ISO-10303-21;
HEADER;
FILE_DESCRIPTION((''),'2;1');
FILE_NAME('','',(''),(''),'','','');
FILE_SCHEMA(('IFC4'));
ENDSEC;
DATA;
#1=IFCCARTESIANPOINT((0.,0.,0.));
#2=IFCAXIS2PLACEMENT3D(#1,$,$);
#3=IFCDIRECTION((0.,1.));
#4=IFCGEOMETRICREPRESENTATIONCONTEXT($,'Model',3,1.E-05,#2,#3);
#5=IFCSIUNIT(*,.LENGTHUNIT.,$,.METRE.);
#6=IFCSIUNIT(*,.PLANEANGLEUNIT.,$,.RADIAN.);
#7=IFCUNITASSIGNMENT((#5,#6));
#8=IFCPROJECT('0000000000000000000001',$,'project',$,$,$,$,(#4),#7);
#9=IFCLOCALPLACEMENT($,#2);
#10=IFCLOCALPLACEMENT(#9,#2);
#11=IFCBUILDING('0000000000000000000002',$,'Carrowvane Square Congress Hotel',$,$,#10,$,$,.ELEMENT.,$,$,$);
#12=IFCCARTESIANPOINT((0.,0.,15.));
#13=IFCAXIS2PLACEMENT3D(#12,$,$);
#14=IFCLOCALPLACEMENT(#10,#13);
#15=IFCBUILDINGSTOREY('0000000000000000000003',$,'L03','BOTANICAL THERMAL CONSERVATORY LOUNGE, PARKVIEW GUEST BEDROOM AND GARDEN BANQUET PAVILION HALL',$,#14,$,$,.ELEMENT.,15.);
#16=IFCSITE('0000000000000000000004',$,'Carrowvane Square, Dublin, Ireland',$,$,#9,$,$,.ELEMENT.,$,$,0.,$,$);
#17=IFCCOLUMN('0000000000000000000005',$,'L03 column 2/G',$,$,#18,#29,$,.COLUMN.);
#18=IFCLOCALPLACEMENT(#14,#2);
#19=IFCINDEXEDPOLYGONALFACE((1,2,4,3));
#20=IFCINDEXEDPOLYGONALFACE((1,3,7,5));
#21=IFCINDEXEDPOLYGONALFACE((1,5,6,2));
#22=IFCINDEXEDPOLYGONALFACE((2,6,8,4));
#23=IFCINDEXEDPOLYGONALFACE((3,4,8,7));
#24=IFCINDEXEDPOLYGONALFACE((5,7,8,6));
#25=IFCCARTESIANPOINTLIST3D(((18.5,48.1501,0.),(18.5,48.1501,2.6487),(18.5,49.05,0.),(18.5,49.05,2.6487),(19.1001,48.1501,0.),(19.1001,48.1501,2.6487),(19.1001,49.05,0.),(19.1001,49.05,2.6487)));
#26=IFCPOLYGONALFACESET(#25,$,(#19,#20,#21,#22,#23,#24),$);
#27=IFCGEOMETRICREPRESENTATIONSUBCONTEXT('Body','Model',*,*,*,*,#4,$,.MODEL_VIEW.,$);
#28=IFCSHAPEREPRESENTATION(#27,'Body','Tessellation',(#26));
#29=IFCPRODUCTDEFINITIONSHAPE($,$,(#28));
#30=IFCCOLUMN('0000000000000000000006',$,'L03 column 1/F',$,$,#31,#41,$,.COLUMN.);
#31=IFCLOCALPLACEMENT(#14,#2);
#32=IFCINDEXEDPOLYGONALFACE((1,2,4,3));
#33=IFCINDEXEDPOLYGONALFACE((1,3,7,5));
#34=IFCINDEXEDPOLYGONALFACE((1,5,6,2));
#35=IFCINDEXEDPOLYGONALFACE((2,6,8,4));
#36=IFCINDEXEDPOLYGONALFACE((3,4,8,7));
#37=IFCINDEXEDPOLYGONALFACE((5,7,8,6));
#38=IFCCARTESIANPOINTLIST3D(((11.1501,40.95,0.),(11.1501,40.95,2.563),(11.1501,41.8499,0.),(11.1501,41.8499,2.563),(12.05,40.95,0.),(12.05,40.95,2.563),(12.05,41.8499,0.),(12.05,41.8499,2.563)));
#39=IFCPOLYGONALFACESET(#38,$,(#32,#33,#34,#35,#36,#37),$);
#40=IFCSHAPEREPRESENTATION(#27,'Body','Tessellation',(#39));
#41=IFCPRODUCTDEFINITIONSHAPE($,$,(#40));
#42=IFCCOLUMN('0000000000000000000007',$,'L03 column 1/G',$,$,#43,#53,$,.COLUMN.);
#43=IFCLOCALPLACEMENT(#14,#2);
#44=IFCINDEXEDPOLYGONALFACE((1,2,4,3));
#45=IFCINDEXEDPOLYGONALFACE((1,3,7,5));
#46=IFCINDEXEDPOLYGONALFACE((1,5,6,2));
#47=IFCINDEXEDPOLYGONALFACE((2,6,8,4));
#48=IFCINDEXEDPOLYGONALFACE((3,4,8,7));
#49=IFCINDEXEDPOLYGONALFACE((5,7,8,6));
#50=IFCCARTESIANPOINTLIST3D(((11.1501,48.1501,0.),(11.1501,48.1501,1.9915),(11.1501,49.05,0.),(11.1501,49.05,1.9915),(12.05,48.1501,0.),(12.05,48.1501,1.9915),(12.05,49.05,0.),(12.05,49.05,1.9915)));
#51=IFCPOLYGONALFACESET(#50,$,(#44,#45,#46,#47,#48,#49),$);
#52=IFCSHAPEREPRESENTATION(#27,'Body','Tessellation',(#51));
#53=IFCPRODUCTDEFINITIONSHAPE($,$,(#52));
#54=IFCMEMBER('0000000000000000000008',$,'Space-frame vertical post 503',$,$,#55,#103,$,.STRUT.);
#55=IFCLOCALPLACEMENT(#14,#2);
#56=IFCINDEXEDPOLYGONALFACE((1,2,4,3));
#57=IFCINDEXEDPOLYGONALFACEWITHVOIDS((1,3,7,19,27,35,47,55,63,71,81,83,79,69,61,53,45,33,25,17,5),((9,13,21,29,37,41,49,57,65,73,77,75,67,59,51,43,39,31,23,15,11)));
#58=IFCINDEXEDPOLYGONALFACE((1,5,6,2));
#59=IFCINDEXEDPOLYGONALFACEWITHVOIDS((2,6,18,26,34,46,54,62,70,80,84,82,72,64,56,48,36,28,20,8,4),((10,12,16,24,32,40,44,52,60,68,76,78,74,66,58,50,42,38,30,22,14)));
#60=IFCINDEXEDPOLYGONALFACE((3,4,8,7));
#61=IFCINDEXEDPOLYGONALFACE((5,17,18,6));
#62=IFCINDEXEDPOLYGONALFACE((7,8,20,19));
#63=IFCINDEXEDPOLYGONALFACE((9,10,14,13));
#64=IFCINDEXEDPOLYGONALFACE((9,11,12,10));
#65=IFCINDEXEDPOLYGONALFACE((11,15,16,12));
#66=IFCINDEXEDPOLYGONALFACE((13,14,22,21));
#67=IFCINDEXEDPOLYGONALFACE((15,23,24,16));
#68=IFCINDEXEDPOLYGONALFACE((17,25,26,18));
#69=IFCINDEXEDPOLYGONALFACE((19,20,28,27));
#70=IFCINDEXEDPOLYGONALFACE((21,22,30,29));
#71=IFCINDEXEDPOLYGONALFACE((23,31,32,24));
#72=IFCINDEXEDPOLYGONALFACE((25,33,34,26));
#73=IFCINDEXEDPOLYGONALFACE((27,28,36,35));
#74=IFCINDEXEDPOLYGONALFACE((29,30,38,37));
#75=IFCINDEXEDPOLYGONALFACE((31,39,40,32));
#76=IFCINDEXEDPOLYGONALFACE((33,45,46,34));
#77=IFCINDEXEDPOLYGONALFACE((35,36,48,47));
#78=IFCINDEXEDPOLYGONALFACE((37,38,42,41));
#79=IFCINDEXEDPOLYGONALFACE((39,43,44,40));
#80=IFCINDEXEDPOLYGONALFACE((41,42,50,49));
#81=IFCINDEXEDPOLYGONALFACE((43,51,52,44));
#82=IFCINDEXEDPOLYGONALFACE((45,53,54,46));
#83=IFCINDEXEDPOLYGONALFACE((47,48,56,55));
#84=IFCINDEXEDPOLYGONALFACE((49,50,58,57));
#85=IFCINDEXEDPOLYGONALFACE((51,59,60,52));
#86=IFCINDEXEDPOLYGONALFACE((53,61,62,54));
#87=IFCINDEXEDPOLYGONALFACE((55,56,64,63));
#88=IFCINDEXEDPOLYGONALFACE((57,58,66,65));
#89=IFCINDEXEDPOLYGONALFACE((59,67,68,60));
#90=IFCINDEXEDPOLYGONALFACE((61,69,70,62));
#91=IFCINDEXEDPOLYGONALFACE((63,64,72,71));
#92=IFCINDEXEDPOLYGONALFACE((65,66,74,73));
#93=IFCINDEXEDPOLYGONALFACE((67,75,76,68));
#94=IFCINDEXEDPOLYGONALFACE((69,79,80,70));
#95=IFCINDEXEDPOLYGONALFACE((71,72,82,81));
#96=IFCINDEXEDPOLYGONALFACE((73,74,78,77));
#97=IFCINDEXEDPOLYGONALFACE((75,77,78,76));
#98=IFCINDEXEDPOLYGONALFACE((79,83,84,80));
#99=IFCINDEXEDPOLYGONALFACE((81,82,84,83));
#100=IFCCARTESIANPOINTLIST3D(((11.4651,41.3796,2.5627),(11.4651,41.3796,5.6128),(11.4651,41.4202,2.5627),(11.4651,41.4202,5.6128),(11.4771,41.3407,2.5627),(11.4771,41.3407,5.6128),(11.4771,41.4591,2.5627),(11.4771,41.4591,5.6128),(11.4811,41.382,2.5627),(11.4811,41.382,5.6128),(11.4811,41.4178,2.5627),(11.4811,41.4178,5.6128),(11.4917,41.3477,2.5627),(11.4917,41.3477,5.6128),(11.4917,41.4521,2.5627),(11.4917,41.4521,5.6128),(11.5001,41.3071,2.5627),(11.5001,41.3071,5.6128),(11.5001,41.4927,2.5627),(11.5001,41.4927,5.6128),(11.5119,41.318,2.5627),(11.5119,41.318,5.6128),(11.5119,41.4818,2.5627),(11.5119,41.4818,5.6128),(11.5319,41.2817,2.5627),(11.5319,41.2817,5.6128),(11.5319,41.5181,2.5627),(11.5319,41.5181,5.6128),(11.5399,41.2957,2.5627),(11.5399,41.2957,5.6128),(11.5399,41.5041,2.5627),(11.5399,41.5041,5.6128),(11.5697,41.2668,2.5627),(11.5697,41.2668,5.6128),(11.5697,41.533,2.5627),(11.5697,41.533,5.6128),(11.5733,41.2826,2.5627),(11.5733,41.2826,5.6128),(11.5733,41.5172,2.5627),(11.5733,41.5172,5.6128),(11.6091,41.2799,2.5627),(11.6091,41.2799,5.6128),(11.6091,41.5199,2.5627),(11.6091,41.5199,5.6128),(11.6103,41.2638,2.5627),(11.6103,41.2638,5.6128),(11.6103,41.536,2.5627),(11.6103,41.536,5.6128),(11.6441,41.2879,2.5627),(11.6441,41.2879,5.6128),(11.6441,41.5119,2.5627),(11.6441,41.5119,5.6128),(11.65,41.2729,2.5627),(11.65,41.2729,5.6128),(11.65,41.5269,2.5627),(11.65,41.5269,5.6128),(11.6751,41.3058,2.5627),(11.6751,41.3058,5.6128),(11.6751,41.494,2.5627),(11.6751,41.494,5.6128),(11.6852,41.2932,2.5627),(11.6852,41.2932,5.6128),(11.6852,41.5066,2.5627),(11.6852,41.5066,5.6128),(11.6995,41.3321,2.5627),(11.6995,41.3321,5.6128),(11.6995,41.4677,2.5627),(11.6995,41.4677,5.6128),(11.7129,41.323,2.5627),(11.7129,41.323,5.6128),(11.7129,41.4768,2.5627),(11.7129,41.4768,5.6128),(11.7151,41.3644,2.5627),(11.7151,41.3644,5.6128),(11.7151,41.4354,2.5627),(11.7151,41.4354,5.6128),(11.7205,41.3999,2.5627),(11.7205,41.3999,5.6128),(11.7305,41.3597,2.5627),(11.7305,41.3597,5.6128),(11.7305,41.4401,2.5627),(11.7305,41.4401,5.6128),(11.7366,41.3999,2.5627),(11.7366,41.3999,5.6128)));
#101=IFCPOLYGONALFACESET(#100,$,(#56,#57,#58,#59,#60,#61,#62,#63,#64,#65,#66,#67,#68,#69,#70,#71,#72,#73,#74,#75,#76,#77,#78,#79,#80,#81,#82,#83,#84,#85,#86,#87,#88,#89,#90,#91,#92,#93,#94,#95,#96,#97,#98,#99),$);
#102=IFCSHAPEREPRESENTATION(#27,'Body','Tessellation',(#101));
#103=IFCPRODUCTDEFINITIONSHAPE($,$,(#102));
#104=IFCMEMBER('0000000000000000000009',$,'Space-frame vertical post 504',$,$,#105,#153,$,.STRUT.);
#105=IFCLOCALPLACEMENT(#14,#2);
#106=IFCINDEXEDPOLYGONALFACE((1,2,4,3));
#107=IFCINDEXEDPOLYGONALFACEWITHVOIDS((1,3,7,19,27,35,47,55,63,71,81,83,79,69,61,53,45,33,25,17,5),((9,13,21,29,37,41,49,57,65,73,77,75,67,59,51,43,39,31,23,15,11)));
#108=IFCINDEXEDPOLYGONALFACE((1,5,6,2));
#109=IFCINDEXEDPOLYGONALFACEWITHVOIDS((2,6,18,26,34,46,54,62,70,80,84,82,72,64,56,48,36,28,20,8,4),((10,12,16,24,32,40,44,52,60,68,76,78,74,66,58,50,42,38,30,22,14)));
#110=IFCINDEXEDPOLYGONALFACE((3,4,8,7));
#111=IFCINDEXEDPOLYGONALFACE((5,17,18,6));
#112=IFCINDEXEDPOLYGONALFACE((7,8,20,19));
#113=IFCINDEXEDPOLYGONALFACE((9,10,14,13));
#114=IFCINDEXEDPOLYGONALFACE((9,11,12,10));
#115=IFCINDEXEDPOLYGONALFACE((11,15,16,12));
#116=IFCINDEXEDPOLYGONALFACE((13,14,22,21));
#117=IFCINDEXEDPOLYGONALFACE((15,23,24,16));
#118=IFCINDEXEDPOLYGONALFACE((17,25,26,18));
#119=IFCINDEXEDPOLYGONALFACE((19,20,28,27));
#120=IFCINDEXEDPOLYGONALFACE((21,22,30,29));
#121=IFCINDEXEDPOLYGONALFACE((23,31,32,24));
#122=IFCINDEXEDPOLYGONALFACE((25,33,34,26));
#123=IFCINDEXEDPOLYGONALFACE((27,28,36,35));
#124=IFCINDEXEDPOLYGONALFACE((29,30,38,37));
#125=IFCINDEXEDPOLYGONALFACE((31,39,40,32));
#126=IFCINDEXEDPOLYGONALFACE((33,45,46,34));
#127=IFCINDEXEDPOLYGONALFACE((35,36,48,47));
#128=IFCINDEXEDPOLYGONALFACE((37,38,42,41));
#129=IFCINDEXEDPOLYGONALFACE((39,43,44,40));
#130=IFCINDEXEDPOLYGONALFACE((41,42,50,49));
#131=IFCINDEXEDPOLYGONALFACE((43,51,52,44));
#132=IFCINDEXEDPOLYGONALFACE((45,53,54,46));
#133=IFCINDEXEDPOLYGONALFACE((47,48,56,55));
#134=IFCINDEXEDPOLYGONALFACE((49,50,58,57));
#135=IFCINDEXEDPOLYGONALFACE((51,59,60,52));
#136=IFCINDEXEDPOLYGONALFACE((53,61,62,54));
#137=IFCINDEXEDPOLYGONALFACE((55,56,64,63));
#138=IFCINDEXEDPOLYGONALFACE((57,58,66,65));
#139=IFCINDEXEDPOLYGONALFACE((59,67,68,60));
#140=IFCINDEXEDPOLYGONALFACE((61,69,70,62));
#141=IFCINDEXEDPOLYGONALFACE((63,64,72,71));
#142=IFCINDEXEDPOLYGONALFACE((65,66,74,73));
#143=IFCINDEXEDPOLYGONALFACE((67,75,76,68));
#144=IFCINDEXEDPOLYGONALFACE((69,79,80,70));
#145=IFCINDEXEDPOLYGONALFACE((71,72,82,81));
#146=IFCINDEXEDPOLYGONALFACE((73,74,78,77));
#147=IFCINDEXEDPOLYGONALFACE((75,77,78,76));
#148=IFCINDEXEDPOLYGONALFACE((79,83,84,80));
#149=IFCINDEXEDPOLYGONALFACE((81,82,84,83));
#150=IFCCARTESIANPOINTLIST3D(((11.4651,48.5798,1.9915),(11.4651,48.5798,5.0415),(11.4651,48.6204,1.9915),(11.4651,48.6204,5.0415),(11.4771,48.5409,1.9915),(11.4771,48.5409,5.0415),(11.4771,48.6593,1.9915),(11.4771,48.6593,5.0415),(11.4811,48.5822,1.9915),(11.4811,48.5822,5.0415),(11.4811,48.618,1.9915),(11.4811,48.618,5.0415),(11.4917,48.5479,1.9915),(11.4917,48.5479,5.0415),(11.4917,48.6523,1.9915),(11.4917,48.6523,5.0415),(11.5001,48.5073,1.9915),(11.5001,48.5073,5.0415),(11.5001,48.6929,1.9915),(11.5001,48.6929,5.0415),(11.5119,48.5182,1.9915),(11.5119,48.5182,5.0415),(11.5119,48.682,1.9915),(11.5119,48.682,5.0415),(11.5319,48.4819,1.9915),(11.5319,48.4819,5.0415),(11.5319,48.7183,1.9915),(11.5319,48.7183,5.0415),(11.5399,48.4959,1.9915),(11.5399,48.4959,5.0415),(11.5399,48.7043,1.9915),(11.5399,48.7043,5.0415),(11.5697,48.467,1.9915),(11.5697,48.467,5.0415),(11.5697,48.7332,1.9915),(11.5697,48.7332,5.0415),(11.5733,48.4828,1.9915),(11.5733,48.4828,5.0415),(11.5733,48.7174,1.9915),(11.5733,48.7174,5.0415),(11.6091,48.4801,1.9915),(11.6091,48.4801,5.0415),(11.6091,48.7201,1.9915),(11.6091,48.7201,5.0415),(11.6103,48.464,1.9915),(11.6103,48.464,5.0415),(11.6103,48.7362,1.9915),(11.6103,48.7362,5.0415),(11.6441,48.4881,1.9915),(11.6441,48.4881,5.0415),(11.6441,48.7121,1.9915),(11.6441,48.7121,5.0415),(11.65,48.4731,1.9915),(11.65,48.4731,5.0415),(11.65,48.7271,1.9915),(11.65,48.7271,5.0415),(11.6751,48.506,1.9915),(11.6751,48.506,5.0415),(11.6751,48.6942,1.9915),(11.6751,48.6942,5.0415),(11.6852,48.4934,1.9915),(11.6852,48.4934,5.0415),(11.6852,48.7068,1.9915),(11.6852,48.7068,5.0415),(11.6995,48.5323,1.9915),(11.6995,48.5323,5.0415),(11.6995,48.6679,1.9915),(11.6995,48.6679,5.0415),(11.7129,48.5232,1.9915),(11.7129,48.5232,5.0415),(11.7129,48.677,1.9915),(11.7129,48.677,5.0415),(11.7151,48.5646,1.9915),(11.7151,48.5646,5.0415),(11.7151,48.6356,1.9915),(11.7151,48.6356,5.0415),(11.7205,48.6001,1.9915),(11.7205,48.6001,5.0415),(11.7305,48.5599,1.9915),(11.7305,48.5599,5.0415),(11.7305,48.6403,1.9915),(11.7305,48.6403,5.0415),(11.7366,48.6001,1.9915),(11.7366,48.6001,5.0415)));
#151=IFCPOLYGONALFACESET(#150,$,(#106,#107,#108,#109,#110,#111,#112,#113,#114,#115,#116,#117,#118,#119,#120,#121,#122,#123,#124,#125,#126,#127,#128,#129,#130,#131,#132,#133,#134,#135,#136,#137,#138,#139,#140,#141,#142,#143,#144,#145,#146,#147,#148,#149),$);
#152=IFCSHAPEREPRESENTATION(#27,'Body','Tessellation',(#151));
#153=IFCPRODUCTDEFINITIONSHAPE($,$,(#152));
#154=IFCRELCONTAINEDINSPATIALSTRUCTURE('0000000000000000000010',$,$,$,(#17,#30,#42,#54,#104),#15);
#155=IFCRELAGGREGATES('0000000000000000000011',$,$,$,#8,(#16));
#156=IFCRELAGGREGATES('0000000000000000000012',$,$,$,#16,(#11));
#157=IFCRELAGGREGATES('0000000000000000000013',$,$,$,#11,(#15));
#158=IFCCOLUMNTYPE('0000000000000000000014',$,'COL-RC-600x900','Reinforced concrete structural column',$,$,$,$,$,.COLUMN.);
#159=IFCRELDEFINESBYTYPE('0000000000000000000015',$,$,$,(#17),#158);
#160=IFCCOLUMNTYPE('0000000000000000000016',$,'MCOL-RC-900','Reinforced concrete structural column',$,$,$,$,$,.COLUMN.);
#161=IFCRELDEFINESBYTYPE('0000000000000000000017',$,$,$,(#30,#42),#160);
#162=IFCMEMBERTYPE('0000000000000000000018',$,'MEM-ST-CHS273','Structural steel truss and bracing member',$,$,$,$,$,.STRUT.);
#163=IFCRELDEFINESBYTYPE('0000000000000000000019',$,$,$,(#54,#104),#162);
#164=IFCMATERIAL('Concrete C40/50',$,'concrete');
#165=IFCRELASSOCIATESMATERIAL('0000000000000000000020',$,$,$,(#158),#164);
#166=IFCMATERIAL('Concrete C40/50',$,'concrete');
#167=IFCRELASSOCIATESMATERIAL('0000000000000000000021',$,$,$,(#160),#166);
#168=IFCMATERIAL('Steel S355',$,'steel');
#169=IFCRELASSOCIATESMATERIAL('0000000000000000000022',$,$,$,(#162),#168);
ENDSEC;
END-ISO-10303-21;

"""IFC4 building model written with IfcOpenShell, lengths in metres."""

from ifc_helpers import new_model, si_unit, direction, frame, origin, origin_2d, place, context, subcontext, project, spatial, rectangle, hollow_circle, extrude, material, material_profile, profile_set, type_object, element, save


model = new_model("IFC4")

# Units and contexts
model_context = context("Model", 3, precision=1e-05, world=origin(), true_north=direction((0.0, 1.0)))
body_context = subcontext(model_context, "Body", "Model", "MODEL_VIEW")
ifc_project = project(units=[si_unit("LENGTHUNIT", "METRE"), si_unit("PLANEANGLEUNIT", "RADIAN")], contexts=[model_context])

# Site, building, storey
site_placement = place(None, origin())
site = spatial("IfcSite", under=ifc_project, at=site_placement, Name="Carrowvane Square, Dublin, Ireland", CompositionType="ELEMENT", RefElevation=0.0)
building_placement = place(site_placement, origin())
building = spatial("IfcBuilding", under=site, at=building_placement, Name="Carrowvane Square Congress Hotel", CompositionType="ELEMENT")
storey_placement = place(building_placement, frame((0.0, 0.0, 15.0)))
storey = spatial("IfcBuildingStorey", under=building, at=storey_placement, Name="L03", Description="BOTANICAL THERMAL CONSERVATORY LOUNGE, PARKVIEW GUEST BEDROOM AND GARDEN BANQUET PAVILION HALL", CompositionType="ELEMENT", Elevation=15.0)

# Columns
ifc_material_1 = material(Name="Concrete C40/50", Category="concrete")
ifc_material_profile_1 = material_profile(ifc_material_1, rectangle(XDim=0.6001, YDim=0.8999, at=origin_2d()), Name="RC 600x900")
ifc_profile_set_1 = profile_set([ifc_material_profile_1], Name="Concrete C40/50")
column_type_1 = type_object("IfcColumnType", Name="COL-RC-600x900", Description="Reinforced concrete structural column", PredefinedType="COLUMN", material=ifc_profile_set_1)
column_1_placement = place(storey_placement, frame((18.8, 48.6001, 0.0), z_axis=(0.0, 0.0, 1.0), x_axis=(1.0, 0.0, 0.0)))
element("IfcColumn", 1, at=column_1_placement, inside=storey, type_object=column_type_1, Name="L03 column 2/G", PredefinedType="COLUMN", context=body_context, shape_type="SweptSolid", body=[
    extrude(rectangle(XDim=0.6001, YDim=0.8999, at=origin_2d()), origin(), (0.0, 0.0, 1.0), 2.6487),
])
ifc_material_2 = material(Name="Concrete C40/50", Category="concrete")
ifc_material_profile_2 = material_profile(ifc_material_2, rectangle(XDim=0.8999, YDim=0.8999, at=origin_2d()), Name="RC 900x900")
ifc_profile_set_2 = profile_set([ifc_material_profile_2], Name="Concrete C40/50")
column_type_2 = type_object("IfcColumnType", Name="MCOL-RC-900", Description="Reinforced concrete structural column", PredefinedType="COLUMN", material=ifc_profile_set_2)
column_2_placement = place(storey_placement, frame((11.6001, 41.3999, 0.0), z_axis=(0.0, 0.0, 1.0), x_axis=(1.0, 0.0, 0.0)))
element("IfcColumn", 2, at=column_2_placement, inside=storey, type_object=column_type_2, Name="L03 column 1/F", PredefinedType="COLUMN", context=body_context, shape_type="SweptSolid", body=[
    extrude(rectangle(XDim=0.8999, YDim=0.8999, at=origin_2d()), origin(), (0.0, 0.0, 1.0), 2.563),
])
column_3_placement = place(storey_placement, frame((11.6001, 48.6001, 0.0), z_axis=(0.0, 0.0, 1.0), x_axis=(1.0, 0.0, 0.0)))
element("IfcColumn", 3, at=column_3_placement, inside=storey, type_object=column_type_2, Name="L03 column 1/G", PredefinedType="COLUMN", context=body_context, shape_type="SweptSolid", body=[
    extrude(rectangle(XDim=0.8999, YDim=0.8999, at=origin_2d()), origin(), (0.0, 0.0, 1.0), 1.9915),
])

# Members
ifc_material_3 = material(Name="Steel S355", Category="steel")
ifc_material_profile_3 = material_profile(ifc_material_3, hollow_circle(Radius=0.1365, WallThickness=0.0161, at=origin_2d()), Name="CHS 273.0x16")
ifc_profile_set_3 = profile_set([ifc_material_profile_3], Name="Steel S355")
member_type_1 = type_object("IfcMemberType", Name="MEM-ST-CHS273", Description="Structural steel truss and bracing member", PredefinedType="STRUT", material=ifc_profile_set_3)
for number, where, z_axis, x_axis, name in (
    (4, (11.6001, 41.3999, 2.5627), (0.0, 0.0, 1.0), (1.0, 0.0, 0.0), "Space-frame vertical post 503"),
    (5, (11.6001, 48.6001, 1.9915), (0.0, 0.0, 1.0), (1.0, 0.0, 0.0), "Space-frame vertical post 504"),
):
    element("IfcMember", number, at=place(storey_placement, frame(where, z_axis=z_axis, x_axis=x_axis)), inside=storey, type_object=member_type_1, Name=name, PredefinedType="STRUT", context=body_context, shape_type="SweptSolid", body=[
        extrude(hollow_circle(Radius=0.1365, WallThickness=0.0161, at=origin_2d()), origin(), (0.0, 0.0, 1.0), 3.05),
    ])

save(model, "model.ifc")
